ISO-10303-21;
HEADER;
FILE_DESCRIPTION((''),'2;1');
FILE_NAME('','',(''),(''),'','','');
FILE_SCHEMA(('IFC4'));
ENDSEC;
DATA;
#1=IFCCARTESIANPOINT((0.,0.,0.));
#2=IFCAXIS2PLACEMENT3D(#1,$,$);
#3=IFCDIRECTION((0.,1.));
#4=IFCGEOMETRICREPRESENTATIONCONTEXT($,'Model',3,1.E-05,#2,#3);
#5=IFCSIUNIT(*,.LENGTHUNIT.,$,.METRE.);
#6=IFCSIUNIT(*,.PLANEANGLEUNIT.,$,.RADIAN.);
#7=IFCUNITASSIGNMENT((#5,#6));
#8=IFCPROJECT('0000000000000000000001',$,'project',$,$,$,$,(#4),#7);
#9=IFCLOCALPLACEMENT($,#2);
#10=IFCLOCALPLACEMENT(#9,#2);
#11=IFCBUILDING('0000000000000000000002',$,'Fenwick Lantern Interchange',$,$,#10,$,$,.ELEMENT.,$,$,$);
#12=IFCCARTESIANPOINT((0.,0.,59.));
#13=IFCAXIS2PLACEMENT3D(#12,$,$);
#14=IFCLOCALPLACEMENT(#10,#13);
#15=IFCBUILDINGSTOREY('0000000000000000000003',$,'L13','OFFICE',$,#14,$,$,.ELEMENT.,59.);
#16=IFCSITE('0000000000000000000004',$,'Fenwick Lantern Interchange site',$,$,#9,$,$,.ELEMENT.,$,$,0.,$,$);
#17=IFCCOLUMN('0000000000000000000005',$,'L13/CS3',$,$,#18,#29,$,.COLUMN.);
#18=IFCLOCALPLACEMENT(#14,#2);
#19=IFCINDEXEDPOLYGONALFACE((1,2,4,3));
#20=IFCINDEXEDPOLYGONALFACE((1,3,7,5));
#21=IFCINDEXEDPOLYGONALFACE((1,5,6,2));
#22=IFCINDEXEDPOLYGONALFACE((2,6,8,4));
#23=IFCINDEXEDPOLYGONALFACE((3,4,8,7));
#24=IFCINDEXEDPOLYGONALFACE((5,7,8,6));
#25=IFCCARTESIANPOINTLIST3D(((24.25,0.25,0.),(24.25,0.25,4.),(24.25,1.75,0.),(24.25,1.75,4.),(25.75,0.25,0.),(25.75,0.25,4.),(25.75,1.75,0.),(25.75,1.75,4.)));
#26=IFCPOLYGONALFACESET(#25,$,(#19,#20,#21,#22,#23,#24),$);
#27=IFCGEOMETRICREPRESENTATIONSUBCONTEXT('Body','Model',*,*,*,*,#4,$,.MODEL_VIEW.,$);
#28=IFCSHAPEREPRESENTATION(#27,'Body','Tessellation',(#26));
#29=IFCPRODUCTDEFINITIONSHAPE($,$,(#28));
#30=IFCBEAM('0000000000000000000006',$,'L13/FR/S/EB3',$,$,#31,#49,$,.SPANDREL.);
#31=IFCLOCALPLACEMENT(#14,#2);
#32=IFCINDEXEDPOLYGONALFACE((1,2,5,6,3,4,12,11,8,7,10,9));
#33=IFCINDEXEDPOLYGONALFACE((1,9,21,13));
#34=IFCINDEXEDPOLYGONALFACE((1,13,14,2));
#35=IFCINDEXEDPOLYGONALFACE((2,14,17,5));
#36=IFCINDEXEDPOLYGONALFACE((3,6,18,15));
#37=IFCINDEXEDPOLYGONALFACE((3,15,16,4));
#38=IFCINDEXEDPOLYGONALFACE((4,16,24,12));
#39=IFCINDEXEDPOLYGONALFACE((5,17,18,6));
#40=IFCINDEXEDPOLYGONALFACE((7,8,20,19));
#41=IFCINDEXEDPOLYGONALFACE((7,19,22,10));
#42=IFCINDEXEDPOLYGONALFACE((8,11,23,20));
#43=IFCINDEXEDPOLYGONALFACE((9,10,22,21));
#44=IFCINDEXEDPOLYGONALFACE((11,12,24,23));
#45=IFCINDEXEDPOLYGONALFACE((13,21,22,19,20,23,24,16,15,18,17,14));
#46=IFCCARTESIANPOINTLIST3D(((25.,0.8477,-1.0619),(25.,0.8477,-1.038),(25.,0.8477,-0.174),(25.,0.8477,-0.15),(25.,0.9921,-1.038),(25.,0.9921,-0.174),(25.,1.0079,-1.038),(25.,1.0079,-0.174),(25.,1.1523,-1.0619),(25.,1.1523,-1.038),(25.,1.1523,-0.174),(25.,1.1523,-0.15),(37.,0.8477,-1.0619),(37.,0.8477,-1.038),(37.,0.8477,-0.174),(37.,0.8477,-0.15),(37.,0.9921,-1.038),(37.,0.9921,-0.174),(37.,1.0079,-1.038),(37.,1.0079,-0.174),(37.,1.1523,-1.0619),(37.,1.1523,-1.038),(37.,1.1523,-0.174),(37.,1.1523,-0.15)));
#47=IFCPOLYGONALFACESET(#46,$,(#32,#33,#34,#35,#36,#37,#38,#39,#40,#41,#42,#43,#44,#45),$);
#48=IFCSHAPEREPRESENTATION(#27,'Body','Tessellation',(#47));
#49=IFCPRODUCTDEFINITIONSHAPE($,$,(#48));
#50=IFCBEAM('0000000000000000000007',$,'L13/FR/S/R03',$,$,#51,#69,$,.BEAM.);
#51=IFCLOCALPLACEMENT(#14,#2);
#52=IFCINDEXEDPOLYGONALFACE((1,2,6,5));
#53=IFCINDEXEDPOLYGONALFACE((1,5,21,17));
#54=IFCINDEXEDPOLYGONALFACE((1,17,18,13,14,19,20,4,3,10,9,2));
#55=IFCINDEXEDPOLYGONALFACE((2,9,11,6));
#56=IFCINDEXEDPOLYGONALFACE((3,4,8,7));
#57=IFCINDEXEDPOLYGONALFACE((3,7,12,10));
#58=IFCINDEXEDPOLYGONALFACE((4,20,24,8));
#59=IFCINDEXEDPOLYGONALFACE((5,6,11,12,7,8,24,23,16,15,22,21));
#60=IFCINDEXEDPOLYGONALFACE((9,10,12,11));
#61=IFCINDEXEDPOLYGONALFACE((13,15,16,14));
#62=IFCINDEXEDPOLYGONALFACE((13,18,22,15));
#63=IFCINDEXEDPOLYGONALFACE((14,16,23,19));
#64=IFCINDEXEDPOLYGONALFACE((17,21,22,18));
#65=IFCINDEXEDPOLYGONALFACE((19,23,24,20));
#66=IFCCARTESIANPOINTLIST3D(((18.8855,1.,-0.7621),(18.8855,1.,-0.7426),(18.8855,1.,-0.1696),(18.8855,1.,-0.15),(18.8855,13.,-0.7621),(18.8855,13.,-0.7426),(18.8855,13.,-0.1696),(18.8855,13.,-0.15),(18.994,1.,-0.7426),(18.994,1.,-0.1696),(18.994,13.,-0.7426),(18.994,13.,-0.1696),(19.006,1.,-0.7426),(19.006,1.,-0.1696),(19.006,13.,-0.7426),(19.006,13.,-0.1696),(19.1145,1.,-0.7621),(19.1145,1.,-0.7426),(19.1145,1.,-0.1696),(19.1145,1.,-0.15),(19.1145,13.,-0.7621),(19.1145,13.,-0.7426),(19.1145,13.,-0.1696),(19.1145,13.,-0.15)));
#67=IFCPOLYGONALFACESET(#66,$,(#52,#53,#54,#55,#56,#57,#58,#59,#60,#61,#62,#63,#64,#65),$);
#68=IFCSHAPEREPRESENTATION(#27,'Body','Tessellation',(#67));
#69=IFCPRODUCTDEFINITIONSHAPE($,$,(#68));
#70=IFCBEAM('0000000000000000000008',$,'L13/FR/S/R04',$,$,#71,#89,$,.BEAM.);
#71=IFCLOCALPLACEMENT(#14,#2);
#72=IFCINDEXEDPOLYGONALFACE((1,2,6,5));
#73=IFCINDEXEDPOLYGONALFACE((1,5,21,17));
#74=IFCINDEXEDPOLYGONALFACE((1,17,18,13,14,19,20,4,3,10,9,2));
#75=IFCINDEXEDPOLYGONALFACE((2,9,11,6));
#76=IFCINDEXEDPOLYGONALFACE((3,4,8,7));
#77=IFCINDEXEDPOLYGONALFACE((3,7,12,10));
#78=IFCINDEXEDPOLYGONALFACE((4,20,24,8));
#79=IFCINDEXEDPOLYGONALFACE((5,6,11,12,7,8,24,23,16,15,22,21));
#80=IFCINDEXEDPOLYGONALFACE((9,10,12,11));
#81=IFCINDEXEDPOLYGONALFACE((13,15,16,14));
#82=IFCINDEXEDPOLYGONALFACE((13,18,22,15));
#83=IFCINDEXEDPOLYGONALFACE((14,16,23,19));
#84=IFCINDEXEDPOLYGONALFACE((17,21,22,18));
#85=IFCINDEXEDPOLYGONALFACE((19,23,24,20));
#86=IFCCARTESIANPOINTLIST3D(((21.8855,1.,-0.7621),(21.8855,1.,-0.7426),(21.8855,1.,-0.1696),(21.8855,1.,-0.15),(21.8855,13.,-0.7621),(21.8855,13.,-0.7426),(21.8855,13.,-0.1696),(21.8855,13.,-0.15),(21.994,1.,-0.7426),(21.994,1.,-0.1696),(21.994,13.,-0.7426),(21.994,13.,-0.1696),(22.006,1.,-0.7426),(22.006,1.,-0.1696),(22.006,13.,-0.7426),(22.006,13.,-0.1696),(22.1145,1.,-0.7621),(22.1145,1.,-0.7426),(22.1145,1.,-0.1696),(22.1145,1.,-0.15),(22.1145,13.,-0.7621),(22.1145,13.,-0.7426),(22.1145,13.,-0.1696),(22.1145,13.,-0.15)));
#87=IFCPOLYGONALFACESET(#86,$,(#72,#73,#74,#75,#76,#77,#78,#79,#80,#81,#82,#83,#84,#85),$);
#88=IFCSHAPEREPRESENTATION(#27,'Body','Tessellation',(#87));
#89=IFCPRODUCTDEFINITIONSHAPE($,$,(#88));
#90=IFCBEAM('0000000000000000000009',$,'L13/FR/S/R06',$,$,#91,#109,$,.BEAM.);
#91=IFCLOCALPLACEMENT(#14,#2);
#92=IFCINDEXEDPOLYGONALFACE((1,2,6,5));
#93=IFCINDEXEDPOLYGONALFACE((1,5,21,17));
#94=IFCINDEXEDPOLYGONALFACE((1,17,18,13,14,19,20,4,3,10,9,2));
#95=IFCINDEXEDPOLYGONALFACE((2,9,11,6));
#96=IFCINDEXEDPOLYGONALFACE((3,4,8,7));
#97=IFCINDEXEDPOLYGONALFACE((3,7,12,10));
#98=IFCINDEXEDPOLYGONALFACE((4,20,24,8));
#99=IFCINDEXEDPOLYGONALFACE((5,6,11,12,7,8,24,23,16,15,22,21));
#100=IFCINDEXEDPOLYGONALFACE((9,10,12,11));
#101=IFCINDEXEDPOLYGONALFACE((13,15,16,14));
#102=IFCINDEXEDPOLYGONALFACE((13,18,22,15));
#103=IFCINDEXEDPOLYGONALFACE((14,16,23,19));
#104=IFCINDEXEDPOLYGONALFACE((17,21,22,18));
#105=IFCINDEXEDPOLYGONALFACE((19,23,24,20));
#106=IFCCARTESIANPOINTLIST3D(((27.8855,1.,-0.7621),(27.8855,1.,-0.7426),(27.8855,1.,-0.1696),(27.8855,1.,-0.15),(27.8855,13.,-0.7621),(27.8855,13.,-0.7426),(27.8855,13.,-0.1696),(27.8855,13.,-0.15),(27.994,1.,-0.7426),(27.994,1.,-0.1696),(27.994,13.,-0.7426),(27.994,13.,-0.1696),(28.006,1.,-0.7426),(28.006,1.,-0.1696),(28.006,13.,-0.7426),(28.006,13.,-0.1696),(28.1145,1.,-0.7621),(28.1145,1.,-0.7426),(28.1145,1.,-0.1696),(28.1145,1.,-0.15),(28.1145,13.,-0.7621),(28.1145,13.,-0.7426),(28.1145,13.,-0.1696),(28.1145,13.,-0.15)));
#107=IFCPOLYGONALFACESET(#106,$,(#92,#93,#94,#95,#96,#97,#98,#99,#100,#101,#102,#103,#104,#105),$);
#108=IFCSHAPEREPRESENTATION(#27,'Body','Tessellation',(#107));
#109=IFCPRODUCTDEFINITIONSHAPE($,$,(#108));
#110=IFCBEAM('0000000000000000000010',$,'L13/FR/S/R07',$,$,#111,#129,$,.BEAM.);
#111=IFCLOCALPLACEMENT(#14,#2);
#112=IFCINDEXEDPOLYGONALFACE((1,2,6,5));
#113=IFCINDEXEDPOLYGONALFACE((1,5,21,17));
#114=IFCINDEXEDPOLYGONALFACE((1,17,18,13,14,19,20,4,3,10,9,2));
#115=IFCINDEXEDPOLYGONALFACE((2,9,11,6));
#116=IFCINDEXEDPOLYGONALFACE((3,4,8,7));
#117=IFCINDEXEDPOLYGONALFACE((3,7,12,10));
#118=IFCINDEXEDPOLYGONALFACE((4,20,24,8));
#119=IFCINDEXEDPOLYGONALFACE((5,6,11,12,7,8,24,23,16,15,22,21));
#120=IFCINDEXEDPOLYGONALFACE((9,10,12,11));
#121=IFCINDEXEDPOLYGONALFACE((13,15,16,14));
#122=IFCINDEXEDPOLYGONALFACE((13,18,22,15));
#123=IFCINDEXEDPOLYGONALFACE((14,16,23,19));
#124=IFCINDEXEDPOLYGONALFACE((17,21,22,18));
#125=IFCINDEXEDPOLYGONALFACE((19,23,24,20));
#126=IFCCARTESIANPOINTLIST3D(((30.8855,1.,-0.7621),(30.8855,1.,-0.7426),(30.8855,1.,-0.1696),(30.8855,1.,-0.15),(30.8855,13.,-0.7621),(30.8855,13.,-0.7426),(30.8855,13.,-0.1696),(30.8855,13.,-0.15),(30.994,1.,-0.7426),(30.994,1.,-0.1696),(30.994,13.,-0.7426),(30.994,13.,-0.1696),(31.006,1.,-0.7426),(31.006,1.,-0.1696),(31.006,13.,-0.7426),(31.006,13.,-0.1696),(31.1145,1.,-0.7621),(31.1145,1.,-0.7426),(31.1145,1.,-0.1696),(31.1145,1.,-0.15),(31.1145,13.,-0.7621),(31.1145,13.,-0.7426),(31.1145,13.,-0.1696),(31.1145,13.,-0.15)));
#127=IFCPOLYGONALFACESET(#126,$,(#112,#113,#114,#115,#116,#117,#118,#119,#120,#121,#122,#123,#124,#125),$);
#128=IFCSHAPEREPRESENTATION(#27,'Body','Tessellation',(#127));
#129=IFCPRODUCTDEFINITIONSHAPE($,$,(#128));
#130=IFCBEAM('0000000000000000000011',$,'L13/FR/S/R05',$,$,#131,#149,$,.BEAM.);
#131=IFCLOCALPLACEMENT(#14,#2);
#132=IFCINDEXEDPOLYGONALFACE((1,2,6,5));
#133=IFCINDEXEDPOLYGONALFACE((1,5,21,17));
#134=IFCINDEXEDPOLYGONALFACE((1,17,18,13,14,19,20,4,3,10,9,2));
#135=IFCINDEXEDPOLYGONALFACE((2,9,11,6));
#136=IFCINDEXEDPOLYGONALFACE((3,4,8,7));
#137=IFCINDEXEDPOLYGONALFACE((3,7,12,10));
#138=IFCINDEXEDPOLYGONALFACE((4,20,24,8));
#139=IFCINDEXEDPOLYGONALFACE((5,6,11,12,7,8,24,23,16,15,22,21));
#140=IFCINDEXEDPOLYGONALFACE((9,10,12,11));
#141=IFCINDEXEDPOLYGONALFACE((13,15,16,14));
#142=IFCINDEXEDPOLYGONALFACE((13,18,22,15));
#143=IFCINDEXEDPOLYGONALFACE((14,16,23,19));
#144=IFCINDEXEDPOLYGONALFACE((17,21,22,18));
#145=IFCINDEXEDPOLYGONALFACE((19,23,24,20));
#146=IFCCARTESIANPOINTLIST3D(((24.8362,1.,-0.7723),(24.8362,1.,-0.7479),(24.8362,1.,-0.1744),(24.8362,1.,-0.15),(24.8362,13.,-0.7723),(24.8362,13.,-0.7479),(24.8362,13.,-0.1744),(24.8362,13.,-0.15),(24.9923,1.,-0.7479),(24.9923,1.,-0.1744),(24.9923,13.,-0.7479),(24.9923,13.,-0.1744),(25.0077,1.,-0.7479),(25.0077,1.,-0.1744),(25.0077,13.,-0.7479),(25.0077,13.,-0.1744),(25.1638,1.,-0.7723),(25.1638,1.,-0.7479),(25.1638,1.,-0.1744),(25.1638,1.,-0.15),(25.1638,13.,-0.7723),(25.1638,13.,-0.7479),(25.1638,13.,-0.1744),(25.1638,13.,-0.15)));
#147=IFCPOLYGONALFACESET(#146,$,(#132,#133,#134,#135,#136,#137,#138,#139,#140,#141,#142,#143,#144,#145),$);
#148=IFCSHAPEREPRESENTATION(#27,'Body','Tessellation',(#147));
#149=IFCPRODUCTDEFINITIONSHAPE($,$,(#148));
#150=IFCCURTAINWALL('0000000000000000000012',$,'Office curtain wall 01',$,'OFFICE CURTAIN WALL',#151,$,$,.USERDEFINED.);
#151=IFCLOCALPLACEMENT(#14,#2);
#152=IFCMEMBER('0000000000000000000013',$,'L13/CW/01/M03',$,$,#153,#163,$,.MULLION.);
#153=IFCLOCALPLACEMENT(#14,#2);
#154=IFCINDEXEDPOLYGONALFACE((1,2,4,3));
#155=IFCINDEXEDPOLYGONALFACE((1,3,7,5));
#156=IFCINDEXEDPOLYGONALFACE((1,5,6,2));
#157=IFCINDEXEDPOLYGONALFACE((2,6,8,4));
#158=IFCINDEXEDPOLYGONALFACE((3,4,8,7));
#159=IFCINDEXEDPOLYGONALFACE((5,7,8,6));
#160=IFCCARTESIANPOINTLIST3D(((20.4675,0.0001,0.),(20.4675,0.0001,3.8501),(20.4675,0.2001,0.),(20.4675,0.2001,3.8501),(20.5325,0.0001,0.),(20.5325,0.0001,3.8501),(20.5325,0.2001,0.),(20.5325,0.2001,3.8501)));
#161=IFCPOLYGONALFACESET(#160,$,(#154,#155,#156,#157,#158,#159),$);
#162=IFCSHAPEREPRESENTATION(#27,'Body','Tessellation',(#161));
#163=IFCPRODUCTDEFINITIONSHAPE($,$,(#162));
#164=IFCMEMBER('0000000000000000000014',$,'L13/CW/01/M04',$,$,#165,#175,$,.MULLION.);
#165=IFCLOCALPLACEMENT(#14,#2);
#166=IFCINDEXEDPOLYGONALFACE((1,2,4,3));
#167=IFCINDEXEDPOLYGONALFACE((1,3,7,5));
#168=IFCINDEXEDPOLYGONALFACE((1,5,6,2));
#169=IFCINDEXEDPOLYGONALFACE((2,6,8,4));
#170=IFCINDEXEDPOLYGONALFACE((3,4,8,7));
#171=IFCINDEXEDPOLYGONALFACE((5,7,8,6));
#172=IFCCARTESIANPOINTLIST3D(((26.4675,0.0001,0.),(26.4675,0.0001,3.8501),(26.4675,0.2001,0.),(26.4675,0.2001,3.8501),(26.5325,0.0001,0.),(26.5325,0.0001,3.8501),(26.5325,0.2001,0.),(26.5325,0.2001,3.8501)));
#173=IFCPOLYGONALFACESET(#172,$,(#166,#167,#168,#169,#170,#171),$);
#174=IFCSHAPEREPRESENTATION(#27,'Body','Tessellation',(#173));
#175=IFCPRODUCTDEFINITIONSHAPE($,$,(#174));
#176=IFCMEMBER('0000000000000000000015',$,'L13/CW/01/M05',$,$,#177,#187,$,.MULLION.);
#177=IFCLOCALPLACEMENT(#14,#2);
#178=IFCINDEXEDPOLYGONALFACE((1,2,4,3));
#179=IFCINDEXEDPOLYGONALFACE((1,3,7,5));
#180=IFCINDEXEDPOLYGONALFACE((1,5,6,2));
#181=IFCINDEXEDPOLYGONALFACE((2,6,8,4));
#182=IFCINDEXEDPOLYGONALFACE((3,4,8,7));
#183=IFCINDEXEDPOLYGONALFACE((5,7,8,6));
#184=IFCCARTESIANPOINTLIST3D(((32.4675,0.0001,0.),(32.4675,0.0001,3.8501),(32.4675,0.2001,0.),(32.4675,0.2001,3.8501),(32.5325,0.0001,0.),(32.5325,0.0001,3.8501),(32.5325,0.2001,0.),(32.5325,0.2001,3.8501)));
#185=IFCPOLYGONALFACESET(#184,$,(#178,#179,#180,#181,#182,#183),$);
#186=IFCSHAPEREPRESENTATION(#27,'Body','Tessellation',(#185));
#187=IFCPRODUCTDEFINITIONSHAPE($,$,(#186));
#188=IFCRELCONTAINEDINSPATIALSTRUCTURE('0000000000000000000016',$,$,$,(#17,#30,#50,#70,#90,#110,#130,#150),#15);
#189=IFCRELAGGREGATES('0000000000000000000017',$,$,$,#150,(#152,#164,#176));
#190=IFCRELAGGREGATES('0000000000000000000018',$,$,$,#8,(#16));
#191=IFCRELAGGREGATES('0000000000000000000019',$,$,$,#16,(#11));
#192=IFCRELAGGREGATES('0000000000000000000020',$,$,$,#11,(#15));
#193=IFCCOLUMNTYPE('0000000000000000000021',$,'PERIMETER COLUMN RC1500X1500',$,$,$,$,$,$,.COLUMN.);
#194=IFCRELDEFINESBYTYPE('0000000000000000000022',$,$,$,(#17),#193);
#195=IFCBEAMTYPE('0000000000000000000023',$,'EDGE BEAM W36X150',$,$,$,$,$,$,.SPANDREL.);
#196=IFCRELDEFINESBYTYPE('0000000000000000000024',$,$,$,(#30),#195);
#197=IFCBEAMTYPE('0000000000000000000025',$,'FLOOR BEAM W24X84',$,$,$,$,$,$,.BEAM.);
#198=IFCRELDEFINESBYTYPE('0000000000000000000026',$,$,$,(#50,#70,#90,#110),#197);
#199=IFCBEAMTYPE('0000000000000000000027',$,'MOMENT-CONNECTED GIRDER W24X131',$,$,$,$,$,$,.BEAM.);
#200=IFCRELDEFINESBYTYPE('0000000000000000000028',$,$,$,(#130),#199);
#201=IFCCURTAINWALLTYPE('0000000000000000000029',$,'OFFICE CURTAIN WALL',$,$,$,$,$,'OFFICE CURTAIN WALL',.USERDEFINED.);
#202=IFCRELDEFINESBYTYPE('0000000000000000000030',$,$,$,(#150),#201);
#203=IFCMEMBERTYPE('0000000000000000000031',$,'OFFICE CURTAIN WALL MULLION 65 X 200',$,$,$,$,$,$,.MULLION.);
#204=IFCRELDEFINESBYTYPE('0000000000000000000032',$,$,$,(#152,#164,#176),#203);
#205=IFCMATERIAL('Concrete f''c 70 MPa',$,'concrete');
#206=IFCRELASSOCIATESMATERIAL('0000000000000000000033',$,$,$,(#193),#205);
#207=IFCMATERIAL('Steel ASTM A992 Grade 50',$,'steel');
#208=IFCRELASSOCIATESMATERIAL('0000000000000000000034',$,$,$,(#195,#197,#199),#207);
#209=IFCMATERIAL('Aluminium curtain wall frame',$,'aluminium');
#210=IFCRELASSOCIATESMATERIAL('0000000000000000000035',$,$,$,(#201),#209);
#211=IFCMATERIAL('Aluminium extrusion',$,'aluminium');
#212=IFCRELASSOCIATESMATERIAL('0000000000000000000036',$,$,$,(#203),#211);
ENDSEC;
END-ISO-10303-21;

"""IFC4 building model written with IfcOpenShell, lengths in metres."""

from ifc_helpers import new_model, si_unit, direction, frame, origin, origin_2d, place, context, subcontext, project, spatial, rectangle, i_section, extrude, material, material_profile, profile_set, type_object, element, aggregate, save


model = new_model("IFC4")

# Units and contexts
model_context = context("Model", 3, precision=1e-05, world=origin(), true_north=direction((0.0, 1.0)))
body_context = subcontext(model_context, "Body", "Model", "MODEL_VIEW")
ifc_project = project(units=[si_unit("LENGTHUNIT", "METRE"), si_unit("PLANEANGLEUNIT", "RADIAN")], contexts=[model_context])

# Site, building, storey
site_placement = place(None, origin())
site = spatial("IfcSite", under=ifc_project, at=site_placement, Name="Fenwick Lantern Interchange site", CompositionType="ELEMENT", RefElevation=0.0)
building_placement = place(site_placement, origin())
building = spatial("IfcBuilding", under=site, at=building_placement, Name="Fenwick Lantern Interchange", CompositionType="ELEMENT")
storey_placement = place(building_placement, frame((0.0, 0.0, 59.0)))
storey = spatial("IfcBuildingStorey", under=building, at=storey_placement, Name="L13", Description="OFFICE", CompositionType="ELEMENT", Elevation=59.0)

# Column
ifc_material_1 = material(Name="Concrete f'c 70 MPa", Category="concrete")
ifc_material_profile_1 = material_profile(ifc_material_1, rectangle(XDim=1.5, YDim=1.5, at=origin_2d()), Name="RC1500X1500")
ifc_profile_set_1 = profile_set([ifc_material_profile_1], Name="Concrete f'c 70 MPa")
column_type = type_object("IfcColumnType", Name="PERIMETER COLUMN RC1500X1500", PredefinedType="COLUMN", material=ifc_profile_set_1)
column_placement = place(storey_placement, frame((25.0, 1.0, 0.0), z_axis=(0.0, 0.0, 1.0), x_axis=(1.0, 0.0, 0.0)))
element("IfcColumn", 1, at=column_placement, inside=storey, type_object=column_type, Name="L13/CS3", PredefinedType="COLUMN", context=body_context, shape_type="SweptSolid", body=[
    extrude(rectangle(XDim=1.5, YDim=1.5, at=origin_2d()), origin(), (0.0, 0.0, 1.0), 4.0),
])

# Beams
ifc_material_2 = material(Name="Steel ASTM A992 Grade 50", Category="steel")
ifc_material_profile_2 = material_profile(ifc_material_2, i_section(OverallWidth=0.3047, OverallDepth=0.9119, WebThickness=0.0159, FlangeThickness=0.0239, at=origin_2d()), Name="W36X150")
ifc_profile_set_2 = profile_set([ifc_material_profile_2], Name="Steel ASTM A992 Grade 50")
beam_type_1 = type_object("IfcBeamType", Name="EDGE BEAM W36X150", PredefinedType="SPANDREL", material=ifc_profile_set_2)
beam_1_placement = place(storey_placement, frame((25.0, 1.0, -0.606), z_axis=(1.0, 0.0, 0.0), x_axis=(0.0, 1.0, 0.0)))
element("IfcBeam", 2, at=beam_1_placement, inside=storey, type_object=beam_type_1, Name="L13/FR/S/EB3", PredefinedType="SPANDREL", context=body_context, shape_type="SweptSolid", body=[
    extrude(i_section(OverallWidth=0.3047, OverallDepth=0.9119, WebThickness=0.0159, FlangeThickness=0.0239, at=origin_2d()), origin(), (0.0, 0.0, 1.0), 12.0),
])
ifc_material_profile_3 = material_profile(ifc_material_2, i_section(OverallWidth=0.229, OverallDepth=0.6121, WebThickness=0.012, FlangeThickness=0.0195, at=origin_2d()), Name="W24X84")
ifc_profile_set_3 = profile_set([ifc_material_profile_3], Name="Steel ASTM A992 Grade 50")
beam_type_2 = type_object("IfcBeamType", Name="FLOOR BEAM W24X84", PredefinedType="BEAM", material=ifc_profile_set_3)
for number, where, z_axis, x_axis, name in (
    (3, (19.0, 1.0, -0.4561), (0.0, 1.0, 0.0), (-1.0, 0.0, 0.0), "L13/FR/S/R03"),
    (4, (22.0, 1.0, -0.4561), (0.0, 1.0, 0.0), (-1.0, 0.0, 0.0), "L13/FR/S/R04"),
    (5, (28.0, 1.0, -0.4561), (0.0, 1.0, 0.0), (-1.0, 0.0, 0.0), "L13/FR/S/R06"),
    (6, (31.0, 1.0, -0.4561), (0.0, 1.0, 0.0), (-1.0, 0.0, 0.0), "L13/FR/S/R07"),
):
    element("IfcBeam", number, at=place(storey_placement, frame(where, z_axis=z_axis, x_axis=x_axis)), inside=storey, type_object=beam_type_2, Name=name, PredefinedType="BEAM", context=body_context, shape_type="SweptSolid", body=[
        extrude(i_section(OverallWidth=0.229, OverallDepth=0.6121, WebThickness=0.012, FlangeThickness=0.0195, at=origin_2d()), origin(), (0.0, 0.0, 1.0), 12.0),
    ])
ifc_material_profile_4 = material_profile(ifc_material_2, i_section(OverallWidth=0.3276, OverallDepth=0.6223, WebThickness=0.0154, FlangeThickness=0.0244, at=origin_2d()), Name="W24X131")
ifc_profile_set_4 = profile_set([ifc_material_profile_4], Name="Steel ASTM A992 Grade 50")
beam_type_3 = type_object("IfcBeamType", Name="MOMENT-CONNECTED GIRDER W24X131", PredefinedType="BEAM", material=ifc_profile_set_4)
beam_2_placement = place(storey_placement, frame((25.0, 1.0, -0.4612), z_axis=(0.0, 1.0, 0.0), x_axis=(-1.0, 0.0, 0.0)))
element("IfcBeam", 7, at=beam_2_placement, inside=storey, type_object=beam_type_3, Name="L13/FR/S/R05", PredefinedType="BEAM", context=body_context, shape_type="SweptSolid", body=[
    extrude(i_section(OverallWidth=0.3276, OverallDepth=0.6223, WebThickness=0.0154, FlangeThickness=0.0244, at=origin_2d()), origin(), (0.0, 0.0, 1.0), 12.0),
])

# Curtain wall, members
ifc_material_3 = material(Name="Aluminium curtain wall frame", Category="aluminium")
curtain_wall_type = type_object("IfcCurtainWallType", Name="OFFICE CURTAIN WALL", ElementType="OFFICE CURTAIN WALL", PredefinedType="USERDEFINED", material=ifc_material_3)
curtain_wall_placement = place(storey_placement, origin())
curtain_wall = element("IfcCurtainWall", 8, at=curtain_wall_placement, inside=storey, type_object=curtain_wall_type, Name="Office curtain wall 01", ObjectType="OFFICE CURTAIN WALL", PredefinedType="USERDEFINED")
ifc_material_4 = material(Name="Aluminium extrusion", Category="aluminium")
ifc_material_profile_5 = material_profile(ifc_material_4, rectangle(XDim=0.2, YDim=0.0649, at=origin_2d()), Name="OFFICE CURTAIN WALL MULLION 65 X 200")
ifc_profile_set_5 = profile_set([ifc_material_profile_5], Name="Aluminium extrusion")
member_type_1 = type_object("IfcMemberType", Name="OFFICE CURTAIN WALL MULLION 65 X 200", PredefinedType="MULLION", material=ifc_profile_set_5)
member_1_placement = place(storey_placement, frame((20.5, 0.1001, 0.0), z_axis=(0.0, 0.0, 1.0), x_axis=(0.0, 1.0, 0.0)))
member_1 = element("IfcMember", 9, at=member_1_placement, type_object=member_type_1, Name="L13/CW/01/M03", PredefinedType="MULLION", context=body_context, shape_type="SweptSolid", body=[
    extrude(rectangle(XDim=0.2, YDim=0.0649, at=origin_2d()), origin(), (0.0, 0.0, 1.0), 3.8501),
])
member_2_placement = place(storey_placement, frame((26.5, 0.1001, 0.0), z_axis=(0.0, 0.0, 1.0), x_axis=(0.0, 1.0, 0.0)))
member_2 = element("IfcMember", 10, at=member_2_placement, type_object=member_type_1, Name="L13/CW/01/M04", PredefinedType="MULLION", context=body_context, shape_type="SweptSolid", body=[
    extrude(rectangle(XDim=0.2, YDim=0.0649, at=origin_2d()), origin(), (0.0, 0.0, 1.0), 3.8501),
])
member_3_placement = place(storey_placement, frame((32.5, 0.1001, 0.0), z_axis=(0.0, 0.0, 1.0), x_axis=(0.0, 1.0, 0.0)))
member_3 = element("IfcMember", 11, at=member_3_placement, type_object=member_type_1, Name="L13/CW/01/M05", PredefinedType="MULLION", context=body_context, shape_type="SweptSolid", body=[
    extrude(rectangle(XDim=0.2, YDim=0.0649, at=origin_2d()), origin(), (0.0, 0.0, 1.0), 3.8501),
])
aggregate(curtain_wall, [member_1, member_2, member_3])

save(model, "model.ifc")
